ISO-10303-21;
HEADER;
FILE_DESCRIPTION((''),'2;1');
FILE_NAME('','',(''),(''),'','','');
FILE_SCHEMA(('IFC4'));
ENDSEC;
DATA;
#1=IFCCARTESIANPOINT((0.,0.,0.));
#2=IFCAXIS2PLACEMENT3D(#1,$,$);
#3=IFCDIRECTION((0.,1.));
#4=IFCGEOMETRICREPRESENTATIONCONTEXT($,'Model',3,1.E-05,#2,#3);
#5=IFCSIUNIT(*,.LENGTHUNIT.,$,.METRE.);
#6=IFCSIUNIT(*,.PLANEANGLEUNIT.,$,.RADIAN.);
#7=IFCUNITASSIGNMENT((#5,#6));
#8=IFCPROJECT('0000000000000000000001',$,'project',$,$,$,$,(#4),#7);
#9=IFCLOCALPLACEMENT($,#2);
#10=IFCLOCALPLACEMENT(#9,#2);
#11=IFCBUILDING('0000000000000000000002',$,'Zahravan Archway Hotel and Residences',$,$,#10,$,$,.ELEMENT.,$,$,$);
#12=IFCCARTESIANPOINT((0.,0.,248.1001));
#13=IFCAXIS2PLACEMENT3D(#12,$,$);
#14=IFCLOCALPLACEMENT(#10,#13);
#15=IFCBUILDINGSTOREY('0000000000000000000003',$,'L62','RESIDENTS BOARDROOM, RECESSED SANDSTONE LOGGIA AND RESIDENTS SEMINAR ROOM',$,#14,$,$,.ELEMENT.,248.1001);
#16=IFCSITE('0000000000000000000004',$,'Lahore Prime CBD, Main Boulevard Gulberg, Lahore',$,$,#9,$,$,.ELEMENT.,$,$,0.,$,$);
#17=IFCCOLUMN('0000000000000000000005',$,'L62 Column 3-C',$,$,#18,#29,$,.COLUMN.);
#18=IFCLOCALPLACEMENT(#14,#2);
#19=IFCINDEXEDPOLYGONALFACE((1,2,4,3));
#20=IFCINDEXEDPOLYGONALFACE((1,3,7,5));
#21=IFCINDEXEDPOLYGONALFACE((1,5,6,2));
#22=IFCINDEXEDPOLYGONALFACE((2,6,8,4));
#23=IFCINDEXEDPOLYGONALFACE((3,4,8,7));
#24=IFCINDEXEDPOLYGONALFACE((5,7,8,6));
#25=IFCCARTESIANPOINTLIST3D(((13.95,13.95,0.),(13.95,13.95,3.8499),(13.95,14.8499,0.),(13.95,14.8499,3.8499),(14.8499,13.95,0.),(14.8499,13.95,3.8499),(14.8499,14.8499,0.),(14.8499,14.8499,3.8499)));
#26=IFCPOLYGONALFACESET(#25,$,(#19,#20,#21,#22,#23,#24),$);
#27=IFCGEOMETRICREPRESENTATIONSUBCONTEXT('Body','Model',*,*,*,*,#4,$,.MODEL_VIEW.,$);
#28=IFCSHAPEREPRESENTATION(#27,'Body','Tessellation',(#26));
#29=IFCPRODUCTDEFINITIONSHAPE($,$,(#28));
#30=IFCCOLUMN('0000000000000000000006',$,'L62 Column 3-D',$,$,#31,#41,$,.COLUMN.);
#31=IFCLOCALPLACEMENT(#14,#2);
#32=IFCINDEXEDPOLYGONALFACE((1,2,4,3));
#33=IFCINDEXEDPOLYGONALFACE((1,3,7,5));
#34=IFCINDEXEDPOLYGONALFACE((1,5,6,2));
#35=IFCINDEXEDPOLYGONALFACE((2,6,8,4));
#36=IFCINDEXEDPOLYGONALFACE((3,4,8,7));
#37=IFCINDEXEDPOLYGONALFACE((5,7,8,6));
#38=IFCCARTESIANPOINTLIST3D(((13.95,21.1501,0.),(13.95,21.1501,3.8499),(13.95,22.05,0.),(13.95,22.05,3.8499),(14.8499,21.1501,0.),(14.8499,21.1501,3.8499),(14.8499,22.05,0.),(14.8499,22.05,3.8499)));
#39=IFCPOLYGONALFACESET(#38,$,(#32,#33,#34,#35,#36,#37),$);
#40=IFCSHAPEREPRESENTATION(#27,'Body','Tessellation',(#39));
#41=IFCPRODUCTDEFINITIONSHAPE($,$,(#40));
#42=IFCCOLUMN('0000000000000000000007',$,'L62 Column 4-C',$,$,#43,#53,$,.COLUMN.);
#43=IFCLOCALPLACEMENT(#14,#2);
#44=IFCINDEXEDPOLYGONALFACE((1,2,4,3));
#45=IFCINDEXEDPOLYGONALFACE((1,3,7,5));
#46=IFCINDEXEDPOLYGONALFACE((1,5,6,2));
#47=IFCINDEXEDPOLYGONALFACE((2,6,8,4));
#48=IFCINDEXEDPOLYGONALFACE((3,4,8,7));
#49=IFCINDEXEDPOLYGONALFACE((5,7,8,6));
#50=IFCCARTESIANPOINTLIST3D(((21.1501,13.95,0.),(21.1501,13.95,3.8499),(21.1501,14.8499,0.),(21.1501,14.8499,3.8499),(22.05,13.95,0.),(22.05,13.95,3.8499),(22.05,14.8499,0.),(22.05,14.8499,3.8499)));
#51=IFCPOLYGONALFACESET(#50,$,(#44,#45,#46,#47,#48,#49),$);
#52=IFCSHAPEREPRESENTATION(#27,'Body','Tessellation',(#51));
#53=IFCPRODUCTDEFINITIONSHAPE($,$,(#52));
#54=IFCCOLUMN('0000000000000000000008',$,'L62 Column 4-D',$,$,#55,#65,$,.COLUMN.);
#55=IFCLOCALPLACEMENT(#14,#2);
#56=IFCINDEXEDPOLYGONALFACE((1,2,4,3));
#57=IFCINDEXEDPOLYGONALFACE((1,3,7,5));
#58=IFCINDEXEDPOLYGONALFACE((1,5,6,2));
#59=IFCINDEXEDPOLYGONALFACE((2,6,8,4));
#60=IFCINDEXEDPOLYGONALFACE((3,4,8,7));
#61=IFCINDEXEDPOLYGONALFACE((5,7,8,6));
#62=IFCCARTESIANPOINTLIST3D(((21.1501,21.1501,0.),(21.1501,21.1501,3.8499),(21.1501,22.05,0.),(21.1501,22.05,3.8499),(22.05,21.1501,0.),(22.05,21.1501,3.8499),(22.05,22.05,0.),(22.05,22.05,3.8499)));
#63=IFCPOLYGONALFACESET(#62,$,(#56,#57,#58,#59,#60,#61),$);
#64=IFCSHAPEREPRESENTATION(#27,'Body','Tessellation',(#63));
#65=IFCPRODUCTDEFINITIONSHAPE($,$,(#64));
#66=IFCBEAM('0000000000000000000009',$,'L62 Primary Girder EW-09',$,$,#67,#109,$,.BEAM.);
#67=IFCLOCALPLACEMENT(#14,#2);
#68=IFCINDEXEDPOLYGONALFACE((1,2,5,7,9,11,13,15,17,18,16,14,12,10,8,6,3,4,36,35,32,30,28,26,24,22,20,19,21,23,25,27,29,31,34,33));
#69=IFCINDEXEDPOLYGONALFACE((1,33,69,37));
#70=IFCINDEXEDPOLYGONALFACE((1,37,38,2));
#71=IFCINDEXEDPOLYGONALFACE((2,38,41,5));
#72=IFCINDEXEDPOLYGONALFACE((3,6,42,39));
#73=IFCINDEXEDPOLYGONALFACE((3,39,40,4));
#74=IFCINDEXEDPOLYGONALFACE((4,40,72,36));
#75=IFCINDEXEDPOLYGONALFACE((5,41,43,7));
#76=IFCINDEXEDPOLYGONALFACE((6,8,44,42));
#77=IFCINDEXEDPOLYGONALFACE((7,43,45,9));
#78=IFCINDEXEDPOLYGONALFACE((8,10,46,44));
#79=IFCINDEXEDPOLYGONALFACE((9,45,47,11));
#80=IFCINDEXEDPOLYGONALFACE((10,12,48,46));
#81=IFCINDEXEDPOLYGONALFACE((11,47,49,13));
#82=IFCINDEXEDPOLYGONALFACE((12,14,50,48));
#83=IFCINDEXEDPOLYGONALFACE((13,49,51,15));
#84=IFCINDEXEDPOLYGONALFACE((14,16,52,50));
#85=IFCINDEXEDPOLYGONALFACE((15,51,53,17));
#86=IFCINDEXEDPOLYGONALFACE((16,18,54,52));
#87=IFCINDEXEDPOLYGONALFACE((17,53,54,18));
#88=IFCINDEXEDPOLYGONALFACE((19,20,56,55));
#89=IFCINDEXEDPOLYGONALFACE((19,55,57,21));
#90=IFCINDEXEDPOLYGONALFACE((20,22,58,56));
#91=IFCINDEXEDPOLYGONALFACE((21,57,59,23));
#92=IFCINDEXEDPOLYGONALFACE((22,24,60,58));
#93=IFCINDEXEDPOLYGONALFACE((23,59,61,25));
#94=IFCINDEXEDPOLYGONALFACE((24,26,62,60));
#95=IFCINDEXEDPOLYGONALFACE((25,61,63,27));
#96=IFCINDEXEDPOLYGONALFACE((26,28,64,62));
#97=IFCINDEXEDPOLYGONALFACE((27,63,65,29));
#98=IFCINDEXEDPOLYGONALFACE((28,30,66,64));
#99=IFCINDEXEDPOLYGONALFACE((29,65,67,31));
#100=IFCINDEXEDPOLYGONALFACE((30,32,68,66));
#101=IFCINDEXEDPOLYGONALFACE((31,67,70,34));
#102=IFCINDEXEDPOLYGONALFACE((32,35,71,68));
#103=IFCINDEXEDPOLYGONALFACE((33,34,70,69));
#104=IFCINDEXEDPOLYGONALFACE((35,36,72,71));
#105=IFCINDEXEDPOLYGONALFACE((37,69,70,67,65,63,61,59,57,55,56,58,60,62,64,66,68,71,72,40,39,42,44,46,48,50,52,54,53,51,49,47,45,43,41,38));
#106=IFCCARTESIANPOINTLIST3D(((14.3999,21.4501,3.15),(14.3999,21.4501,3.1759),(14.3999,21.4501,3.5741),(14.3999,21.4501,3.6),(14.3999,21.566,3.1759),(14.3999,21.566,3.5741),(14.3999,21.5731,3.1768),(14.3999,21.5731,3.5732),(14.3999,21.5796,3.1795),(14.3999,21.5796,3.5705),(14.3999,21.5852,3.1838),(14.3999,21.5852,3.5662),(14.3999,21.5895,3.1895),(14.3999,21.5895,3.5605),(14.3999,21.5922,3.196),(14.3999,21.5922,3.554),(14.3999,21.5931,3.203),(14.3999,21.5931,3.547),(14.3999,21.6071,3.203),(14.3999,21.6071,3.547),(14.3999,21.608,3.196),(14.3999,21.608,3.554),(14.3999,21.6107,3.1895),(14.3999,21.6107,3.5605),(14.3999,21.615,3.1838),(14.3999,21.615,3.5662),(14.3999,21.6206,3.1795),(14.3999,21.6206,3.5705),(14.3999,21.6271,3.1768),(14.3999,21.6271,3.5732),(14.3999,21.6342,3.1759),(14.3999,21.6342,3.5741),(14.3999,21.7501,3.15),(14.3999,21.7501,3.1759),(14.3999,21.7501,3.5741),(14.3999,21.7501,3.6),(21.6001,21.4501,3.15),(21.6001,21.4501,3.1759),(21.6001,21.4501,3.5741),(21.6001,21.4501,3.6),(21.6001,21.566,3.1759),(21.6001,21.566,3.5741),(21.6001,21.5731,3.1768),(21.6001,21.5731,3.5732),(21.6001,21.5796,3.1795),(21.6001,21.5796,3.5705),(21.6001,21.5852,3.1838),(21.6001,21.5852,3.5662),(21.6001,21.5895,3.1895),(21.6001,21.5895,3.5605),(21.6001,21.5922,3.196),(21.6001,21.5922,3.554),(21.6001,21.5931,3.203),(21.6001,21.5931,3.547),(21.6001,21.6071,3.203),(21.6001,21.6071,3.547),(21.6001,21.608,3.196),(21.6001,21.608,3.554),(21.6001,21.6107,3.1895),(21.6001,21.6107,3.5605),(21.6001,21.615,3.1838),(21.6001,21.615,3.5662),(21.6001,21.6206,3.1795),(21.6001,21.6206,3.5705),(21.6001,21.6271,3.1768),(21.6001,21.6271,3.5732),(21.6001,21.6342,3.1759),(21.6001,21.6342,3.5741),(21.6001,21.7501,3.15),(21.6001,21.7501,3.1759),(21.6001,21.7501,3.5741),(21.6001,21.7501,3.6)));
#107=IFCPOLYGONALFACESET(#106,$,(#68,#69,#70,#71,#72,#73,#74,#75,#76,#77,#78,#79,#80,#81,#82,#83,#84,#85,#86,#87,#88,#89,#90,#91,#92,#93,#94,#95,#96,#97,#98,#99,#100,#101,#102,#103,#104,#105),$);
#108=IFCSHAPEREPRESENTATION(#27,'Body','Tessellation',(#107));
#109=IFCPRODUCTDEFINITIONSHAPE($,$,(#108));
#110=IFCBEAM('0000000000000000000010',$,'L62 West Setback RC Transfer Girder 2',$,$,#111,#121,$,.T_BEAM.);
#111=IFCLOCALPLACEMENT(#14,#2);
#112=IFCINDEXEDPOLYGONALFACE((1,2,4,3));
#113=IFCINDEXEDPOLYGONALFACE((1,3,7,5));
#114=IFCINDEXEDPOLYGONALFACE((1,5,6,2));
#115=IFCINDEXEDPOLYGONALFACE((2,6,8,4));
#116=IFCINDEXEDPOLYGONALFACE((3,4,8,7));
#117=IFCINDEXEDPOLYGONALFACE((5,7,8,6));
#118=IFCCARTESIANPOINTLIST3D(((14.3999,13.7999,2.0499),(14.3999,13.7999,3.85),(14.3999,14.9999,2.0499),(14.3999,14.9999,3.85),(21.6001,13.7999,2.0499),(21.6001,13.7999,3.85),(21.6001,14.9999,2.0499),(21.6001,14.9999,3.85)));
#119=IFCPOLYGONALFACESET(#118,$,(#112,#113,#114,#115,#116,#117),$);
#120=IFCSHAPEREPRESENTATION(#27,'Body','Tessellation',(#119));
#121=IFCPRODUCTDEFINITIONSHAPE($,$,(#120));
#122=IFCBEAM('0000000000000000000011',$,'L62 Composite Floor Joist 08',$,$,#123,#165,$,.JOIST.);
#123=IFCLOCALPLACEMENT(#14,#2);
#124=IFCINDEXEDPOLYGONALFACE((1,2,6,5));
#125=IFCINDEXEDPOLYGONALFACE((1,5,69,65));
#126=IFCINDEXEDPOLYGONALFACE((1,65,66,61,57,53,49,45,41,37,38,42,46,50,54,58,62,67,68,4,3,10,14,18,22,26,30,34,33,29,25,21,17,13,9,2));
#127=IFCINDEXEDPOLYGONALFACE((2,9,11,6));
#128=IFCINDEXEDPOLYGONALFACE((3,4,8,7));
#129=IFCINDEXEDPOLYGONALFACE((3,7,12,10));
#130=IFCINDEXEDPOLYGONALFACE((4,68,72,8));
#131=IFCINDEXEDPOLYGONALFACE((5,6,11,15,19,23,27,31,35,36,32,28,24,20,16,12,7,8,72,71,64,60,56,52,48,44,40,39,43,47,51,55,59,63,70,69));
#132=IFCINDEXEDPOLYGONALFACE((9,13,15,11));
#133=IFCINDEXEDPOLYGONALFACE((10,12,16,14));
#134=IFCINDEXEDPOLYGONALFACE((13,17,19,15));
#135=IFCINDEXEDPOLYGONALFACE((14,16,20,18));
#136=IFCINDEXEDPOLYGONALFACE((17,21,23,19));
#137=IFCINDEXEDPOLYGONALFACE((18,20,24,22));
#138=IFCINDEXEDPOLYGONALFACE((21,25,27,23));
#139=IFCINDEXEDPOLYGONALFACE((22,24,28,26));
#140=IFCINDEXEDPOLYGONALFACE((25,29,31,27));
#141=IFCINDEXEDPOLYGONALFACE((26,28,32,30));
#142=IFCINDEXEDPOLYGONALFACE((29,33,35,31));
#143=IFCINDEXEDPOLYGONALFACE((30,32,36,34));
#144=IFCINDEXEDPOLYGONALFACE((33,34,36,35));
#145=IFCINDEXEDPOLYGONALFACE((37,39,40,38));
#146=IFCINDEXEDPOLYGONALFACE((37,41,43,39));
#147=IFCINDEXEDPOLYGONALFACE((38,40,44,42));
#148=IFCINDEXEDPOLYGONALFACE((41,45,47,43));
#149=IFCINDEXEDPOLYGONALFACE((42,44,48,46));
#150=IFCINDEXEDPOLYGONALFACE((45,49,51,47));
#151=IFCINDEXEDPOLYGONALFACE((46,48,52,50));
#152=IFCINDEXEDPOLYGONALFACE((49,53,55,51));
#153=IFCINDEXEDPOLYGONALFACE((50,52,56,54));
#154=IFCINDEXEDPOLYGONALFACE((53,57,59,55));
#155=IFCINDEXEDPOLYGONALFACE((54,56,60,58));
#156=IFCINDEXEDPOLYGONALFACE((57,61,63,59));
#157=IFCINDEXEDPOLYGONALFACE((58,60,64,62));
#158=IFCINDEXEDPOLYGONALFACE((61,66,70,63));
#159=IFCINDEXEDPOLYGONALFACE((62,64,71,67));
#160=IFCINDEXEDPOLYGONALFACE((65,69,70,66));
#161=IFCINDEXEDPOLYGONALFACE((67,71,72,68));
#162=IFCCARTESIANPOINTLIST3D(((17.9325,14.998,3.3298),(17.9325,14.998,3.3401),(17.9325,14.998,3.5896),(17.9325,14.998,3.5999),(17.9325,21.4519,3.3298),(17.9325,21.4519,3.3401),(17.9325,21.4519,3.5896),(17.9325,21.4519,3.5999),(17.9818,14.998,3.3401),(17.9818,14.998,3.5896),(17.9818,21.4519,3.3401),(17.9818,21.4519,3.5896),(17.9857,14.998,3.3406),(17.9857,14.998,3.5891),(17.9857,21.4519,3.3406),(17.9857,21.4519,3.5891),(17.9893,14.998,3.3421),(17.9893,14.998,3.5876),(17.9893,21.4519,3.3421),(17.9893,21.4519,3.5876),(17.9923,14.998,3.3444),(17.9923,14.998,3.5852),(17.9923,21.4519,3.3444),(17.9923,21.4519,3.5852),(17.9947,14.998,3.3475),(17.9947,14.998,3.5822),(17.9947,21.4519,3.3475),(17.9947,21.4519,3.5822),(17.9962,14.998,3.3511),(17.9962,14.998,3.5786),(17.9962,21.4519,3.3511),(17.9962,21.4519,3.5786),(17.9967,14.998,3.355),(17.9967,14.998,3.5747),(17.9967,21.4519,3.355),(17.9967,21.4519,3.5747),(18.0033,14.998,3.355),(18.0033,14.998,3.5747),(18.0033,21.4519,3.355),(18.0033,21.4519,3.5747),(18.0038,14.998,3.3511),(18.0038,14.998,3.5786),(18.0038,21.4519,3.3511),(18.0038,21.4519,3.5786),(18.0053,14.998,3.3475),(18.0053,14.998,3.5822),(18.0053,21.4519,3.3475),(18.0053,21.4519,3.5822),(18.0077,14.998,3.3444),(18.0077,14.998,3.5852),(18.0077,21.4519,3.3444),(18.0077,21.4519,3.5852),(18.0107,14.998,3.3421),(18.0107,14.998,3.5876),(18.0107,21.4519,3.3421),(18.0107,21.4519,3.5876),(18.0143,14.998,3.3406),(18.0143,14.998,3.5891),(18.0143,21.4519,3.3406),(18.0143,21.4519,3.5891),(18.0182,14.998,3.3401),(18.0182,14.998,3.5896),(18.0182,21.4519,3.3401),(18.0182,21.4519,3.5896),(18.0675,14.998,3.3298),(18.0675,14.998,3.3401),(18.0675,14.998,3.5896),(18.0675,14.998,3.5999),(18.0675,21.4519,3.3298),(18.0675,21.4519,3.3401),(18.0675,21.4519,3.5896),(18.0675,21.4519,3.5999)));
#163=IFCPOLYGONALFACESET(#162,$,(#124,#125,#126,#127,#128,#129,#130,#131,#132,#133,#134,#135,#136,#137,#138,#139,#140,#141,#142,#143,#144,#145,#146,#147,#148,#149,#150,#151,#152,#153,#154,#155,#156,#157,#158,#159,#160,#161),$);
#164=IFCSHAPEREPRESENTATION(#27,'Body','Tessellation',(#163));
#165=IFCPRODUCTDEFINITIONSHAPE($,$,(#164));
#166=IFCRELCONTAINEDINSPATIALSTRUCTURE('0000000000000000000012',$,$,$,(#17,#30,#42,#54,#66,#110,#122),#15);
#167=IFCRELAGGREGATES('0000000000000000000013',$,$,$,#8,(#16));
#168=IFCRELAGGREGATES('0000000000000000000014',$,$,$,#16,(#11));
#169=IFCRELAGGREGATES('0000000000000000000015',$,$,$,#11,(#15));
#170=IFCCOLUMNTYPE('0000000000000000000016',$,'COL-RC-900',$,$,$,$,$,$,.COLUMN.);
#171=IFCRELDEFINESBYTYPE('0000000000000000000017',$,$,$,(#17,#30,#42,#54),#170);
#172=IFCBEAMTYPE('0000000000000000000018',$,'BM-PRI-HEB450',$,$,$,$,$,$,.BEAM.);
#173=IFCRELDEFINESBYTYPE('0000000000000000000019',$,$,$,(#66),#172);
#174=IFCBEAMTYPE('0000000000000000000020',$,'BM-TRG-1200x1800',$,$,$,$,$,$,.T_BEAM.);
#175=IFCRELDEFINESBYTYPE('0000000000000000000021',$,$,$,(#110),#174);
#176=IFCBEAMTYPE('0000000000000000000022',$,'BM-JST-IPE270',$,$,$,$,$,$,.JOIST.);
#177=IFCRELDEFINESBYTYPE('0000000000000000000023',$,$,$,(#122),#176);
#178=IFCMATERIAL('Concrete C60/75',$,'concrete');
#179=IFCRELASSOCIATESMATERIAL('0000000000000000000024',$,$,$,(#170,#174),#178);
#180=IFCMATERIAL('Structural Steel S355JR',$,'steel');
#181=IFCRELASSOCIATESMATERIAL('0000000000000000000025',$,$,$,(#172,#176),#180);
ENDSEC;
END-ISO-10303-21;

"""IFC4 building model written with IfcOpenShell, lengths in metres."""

from ifc_helpers import new_model, si_unit, direction, frame, origin, origin_2d, place, context, subcontext, project, spatial, rectangle, i_section, extrude, source, transform, mapped, material, material_profile, profile_set, type_object, type_shapes, element, save


model = new_model("IFC4")

# Units and contexts
model_context = context("Model", 3, precision=1e-05, world=origin(), true_north=direction((0.0, 1.0)))
body_context = subcontext(model_context, "Body", "Model", "MODEL_VIEW")
ifc_project = project(units=[si_unit("LENGTHUNIT", "METRE"), si_unit("PLANEANGLEUNIT", "RADIAN")], contexts=[model_context])

# Site, building, storey
site_placement = place(None, origin())
site = spatial("IfcSite", under=ifc_project, at=site_placement, Name="Lahore Prime CBD, Main Boulevard Gulberg, Lahore", CompositionType="ELEMENT", RefElevation=0.0)
building_placement = place(site_placement, origin())
building = spatial("IfcBuilding", under=site, at=building_placement, Name="Zahravan Archway Hotel and Residences", CompositionType="ELEMENT")
storey_placement = place(building_placement, frame((0.0, 0.0, 248.1001)))
storey = spatial("IfcBuildingStorey", under=building, at=storey_placement, Name="L62", Description="RESIDENTS BOARDROOM, RECESSED SANDSTONE LOGGIA AND RESIDENTS SEMINAR ROOM", CompositionType="ELEMENT", Elevation=248.1001)

# Columns
ifc_material_1 = material(Name="Concrete C60/75", Category="concrete")
ifc_material_profile_1 = material_profile(ifc_material_1, rectangle(XDim=0.8999, YDim=0.8999, at=origin_2d()), Name="RC-COL-900x900", Category="concrete")
ifc_profile_set_1 = profile_set([ifc_material_profile_1], Name="Concrete C60/75")
column_type = type_object("IfcColumnType", Name="COL-RC-900", PredefinedType="COLUMN", material=ifc_profile_set_1)
shared_shape_1 = source(origin(), body_context, "Body", "SweptSolid", [
    extrude(rectangle(XDim=0.8999, YDim=0.8999, at=origin_2d()), origin(), (0.0, 0.0, 1.0), 3.8499),
])
for number, where, z_axis, x_axis, name in (
    (1, (14.3999, 14.3999, 0.0), (0.0, 0.0, 1.0), (1.0, 0.0, 0.0), "L62 Column 3-C"),
    (2, (14.3999, 21.6001, 0.0), (0.0, 0.0, 1.0), (1.0, 0.0, 0.0), "L62 Column 3-D"),
    (3, (21.6001, 14.3999, 0.0), (0.0, 0.0, 1.0), (1.0, 0.0, 0.0), "L62 Column 4-C"),
    (4, (21.6001, 21.6001, 0.0), (0.0, 0.0, 1.0), (1.0, 0.0, 0.0), "L62 Column 4-D"),
):
    element("IfcColumn", number, at=place(storey_placement, frame(where, z_axis=z_axis, x_axis=x_axis)), inside=storey, type_object=column_type, Name=name, PredefinedType="COLUMN", context=body_context, shape_type="MappedRepresentation", body=[
        mapped(shared_shape_1, transform((0.0, 0.0, 0.0), scale=1.0)),
    ])

# Beams
ifc_material_2 = material(Name="Structural Steel S355JR", Category="steel")
ifc_material_profile_2 = material_profile(ifc_material_2, i_section(OverallWidth=0.3, OverallDepth=0.45, WebThickness=0.0139, FlangeThickness=0.0259, FilletRadius=0.0271, at=origin_2d()), Name="HEB 450", Category="steel")
ifc_profile_set_2 = profile_set([ifc_material_profile_2], Name="Structural Steel S355JR")
beam_type_1 = type_object("IfcBeamType", Name="BM-PRI-HEB450", PredefinedType="BEAM", material=ifc_profile_set_2)
shared_shape_2 = source(origin(), body_context, "Body", "SweptSolid", [
    extrude(i_section(OverallWidth=0.3, OverallDepth=0.45, WebThickness=0.0139, FlangeThickness=0.0259, FilletRadius=0.0271, at=origin_2d()), origin(), (0.0, 0.0, 1.0), 7.2002),
])
type_shapes(beam_type_1, [shared_shape_2])
beam_1_placement = place(storey_placement, frame((14.3999, 21.6001, 3.375), z_axis=(1.0, 0.0, 0.0), x_axis=(0.0, 1.0, 0.0)))
element("IfcBeam", 5, at=beam_1_placement, inside=storey, type_object=beam_type_1, Name="L62 Primary Girder EW-09", PredefinedType="BEAM", context=body_context, shape_type="MappedRepresentation", body=[
    mapped(shared_shape_2, transform((0.0, 0.0, 0.0), scale=1.0)),
])
ifc_material_profile_3 = material_profile(ifc_material_1, rectangle(XDim=1.2, YDim=1.8, at=origin_2d()), Name="RC 1200x1800", Category="concrete")
ifc_profile_set_3 = profile_set([ifc_material_profile_3], Name="Concrete C60/75")
beam_type_2 = type_object("IfcBeamType", Name="BM-TRG-1200x1800", PredefinedType="T_BEAM", material=ifc_profile_set_3)
shared_shape_3 = source(origin(), body_context, "Body", "SweptSolid", [
    extrude(rectangle(XDim=1.2, YDim=1.8, at=origin_2d()), origin(), (0.0, 0.0, 1.0), 7.2002),
])
beam_2_placement = place(storey_placement, frame((14.3999, 14.3999, 2.95), z_axis=(1.0, 0.0, 0.0), x_axis=(0.0, 1.0, 0.0)))
element("IfcBeam", 6, at=beam_2_placement, inside=storey, type_object=beam_type_2, Name="L62 West Setback RC Transfer Girder 2", PredefinedType="T_BEAM", context=body_context, shape_type="MappedRepresentation", body=[
    mapped(shared_shape_3, transform((0.0, 0.0, 0.0), scale=1.0)),
])
ifc_material_profile_4 = material_profile(ifc_material_2, i_section(OverallWidth=0.135, OverallDepth=0.27, WebThickness=0.0066, FlangeThickness=0.0103, FilletRadius=0.0149, at=origin_2d()), Name="IPE 270", Category="steel")
ifc_profile_set_4 = profile_set([ifc_material_profile_4], Name="Structural Steel S355JR")
beam_type_3 = type_object("IfcBeamType", Name="BM-JST-IPE270", PredefinedType="JOIST", material=ifc_profile_set_4)
shared_shape_4 = source(origin(), body_context, "Body", "SweptSolid", [
    extrude(i_section(OverallWidth=0.135, OverallDepth=0.27, WebThickness=0.0066, FlangeThickness=0.0103, FilletRadius=0.0149, at=origin_2d()), origin(), (0.0, 0.0, 1.0), 6.4539),
])
beam_3_placement = place(storey_placement, frame((18.0, 14.998, 3.4648), z_axis=(0.0, 1.0, 0.0), x_axis=(-1.0, 0.0, 0.0)))
element("IfcBeam", 7, at=beam_3_placement, inside=storey, type_object=beam_type_3, Name="L62 Composite Floor Joist 08", PredefinedType="JOIST", context=body_context, shape_type="MappedRepresentation", body=[
    mapped(shared_shape_4, transform((0.0, 0.0, 0.0), scale=1.0)),
])

save(model, "model.ifc")
